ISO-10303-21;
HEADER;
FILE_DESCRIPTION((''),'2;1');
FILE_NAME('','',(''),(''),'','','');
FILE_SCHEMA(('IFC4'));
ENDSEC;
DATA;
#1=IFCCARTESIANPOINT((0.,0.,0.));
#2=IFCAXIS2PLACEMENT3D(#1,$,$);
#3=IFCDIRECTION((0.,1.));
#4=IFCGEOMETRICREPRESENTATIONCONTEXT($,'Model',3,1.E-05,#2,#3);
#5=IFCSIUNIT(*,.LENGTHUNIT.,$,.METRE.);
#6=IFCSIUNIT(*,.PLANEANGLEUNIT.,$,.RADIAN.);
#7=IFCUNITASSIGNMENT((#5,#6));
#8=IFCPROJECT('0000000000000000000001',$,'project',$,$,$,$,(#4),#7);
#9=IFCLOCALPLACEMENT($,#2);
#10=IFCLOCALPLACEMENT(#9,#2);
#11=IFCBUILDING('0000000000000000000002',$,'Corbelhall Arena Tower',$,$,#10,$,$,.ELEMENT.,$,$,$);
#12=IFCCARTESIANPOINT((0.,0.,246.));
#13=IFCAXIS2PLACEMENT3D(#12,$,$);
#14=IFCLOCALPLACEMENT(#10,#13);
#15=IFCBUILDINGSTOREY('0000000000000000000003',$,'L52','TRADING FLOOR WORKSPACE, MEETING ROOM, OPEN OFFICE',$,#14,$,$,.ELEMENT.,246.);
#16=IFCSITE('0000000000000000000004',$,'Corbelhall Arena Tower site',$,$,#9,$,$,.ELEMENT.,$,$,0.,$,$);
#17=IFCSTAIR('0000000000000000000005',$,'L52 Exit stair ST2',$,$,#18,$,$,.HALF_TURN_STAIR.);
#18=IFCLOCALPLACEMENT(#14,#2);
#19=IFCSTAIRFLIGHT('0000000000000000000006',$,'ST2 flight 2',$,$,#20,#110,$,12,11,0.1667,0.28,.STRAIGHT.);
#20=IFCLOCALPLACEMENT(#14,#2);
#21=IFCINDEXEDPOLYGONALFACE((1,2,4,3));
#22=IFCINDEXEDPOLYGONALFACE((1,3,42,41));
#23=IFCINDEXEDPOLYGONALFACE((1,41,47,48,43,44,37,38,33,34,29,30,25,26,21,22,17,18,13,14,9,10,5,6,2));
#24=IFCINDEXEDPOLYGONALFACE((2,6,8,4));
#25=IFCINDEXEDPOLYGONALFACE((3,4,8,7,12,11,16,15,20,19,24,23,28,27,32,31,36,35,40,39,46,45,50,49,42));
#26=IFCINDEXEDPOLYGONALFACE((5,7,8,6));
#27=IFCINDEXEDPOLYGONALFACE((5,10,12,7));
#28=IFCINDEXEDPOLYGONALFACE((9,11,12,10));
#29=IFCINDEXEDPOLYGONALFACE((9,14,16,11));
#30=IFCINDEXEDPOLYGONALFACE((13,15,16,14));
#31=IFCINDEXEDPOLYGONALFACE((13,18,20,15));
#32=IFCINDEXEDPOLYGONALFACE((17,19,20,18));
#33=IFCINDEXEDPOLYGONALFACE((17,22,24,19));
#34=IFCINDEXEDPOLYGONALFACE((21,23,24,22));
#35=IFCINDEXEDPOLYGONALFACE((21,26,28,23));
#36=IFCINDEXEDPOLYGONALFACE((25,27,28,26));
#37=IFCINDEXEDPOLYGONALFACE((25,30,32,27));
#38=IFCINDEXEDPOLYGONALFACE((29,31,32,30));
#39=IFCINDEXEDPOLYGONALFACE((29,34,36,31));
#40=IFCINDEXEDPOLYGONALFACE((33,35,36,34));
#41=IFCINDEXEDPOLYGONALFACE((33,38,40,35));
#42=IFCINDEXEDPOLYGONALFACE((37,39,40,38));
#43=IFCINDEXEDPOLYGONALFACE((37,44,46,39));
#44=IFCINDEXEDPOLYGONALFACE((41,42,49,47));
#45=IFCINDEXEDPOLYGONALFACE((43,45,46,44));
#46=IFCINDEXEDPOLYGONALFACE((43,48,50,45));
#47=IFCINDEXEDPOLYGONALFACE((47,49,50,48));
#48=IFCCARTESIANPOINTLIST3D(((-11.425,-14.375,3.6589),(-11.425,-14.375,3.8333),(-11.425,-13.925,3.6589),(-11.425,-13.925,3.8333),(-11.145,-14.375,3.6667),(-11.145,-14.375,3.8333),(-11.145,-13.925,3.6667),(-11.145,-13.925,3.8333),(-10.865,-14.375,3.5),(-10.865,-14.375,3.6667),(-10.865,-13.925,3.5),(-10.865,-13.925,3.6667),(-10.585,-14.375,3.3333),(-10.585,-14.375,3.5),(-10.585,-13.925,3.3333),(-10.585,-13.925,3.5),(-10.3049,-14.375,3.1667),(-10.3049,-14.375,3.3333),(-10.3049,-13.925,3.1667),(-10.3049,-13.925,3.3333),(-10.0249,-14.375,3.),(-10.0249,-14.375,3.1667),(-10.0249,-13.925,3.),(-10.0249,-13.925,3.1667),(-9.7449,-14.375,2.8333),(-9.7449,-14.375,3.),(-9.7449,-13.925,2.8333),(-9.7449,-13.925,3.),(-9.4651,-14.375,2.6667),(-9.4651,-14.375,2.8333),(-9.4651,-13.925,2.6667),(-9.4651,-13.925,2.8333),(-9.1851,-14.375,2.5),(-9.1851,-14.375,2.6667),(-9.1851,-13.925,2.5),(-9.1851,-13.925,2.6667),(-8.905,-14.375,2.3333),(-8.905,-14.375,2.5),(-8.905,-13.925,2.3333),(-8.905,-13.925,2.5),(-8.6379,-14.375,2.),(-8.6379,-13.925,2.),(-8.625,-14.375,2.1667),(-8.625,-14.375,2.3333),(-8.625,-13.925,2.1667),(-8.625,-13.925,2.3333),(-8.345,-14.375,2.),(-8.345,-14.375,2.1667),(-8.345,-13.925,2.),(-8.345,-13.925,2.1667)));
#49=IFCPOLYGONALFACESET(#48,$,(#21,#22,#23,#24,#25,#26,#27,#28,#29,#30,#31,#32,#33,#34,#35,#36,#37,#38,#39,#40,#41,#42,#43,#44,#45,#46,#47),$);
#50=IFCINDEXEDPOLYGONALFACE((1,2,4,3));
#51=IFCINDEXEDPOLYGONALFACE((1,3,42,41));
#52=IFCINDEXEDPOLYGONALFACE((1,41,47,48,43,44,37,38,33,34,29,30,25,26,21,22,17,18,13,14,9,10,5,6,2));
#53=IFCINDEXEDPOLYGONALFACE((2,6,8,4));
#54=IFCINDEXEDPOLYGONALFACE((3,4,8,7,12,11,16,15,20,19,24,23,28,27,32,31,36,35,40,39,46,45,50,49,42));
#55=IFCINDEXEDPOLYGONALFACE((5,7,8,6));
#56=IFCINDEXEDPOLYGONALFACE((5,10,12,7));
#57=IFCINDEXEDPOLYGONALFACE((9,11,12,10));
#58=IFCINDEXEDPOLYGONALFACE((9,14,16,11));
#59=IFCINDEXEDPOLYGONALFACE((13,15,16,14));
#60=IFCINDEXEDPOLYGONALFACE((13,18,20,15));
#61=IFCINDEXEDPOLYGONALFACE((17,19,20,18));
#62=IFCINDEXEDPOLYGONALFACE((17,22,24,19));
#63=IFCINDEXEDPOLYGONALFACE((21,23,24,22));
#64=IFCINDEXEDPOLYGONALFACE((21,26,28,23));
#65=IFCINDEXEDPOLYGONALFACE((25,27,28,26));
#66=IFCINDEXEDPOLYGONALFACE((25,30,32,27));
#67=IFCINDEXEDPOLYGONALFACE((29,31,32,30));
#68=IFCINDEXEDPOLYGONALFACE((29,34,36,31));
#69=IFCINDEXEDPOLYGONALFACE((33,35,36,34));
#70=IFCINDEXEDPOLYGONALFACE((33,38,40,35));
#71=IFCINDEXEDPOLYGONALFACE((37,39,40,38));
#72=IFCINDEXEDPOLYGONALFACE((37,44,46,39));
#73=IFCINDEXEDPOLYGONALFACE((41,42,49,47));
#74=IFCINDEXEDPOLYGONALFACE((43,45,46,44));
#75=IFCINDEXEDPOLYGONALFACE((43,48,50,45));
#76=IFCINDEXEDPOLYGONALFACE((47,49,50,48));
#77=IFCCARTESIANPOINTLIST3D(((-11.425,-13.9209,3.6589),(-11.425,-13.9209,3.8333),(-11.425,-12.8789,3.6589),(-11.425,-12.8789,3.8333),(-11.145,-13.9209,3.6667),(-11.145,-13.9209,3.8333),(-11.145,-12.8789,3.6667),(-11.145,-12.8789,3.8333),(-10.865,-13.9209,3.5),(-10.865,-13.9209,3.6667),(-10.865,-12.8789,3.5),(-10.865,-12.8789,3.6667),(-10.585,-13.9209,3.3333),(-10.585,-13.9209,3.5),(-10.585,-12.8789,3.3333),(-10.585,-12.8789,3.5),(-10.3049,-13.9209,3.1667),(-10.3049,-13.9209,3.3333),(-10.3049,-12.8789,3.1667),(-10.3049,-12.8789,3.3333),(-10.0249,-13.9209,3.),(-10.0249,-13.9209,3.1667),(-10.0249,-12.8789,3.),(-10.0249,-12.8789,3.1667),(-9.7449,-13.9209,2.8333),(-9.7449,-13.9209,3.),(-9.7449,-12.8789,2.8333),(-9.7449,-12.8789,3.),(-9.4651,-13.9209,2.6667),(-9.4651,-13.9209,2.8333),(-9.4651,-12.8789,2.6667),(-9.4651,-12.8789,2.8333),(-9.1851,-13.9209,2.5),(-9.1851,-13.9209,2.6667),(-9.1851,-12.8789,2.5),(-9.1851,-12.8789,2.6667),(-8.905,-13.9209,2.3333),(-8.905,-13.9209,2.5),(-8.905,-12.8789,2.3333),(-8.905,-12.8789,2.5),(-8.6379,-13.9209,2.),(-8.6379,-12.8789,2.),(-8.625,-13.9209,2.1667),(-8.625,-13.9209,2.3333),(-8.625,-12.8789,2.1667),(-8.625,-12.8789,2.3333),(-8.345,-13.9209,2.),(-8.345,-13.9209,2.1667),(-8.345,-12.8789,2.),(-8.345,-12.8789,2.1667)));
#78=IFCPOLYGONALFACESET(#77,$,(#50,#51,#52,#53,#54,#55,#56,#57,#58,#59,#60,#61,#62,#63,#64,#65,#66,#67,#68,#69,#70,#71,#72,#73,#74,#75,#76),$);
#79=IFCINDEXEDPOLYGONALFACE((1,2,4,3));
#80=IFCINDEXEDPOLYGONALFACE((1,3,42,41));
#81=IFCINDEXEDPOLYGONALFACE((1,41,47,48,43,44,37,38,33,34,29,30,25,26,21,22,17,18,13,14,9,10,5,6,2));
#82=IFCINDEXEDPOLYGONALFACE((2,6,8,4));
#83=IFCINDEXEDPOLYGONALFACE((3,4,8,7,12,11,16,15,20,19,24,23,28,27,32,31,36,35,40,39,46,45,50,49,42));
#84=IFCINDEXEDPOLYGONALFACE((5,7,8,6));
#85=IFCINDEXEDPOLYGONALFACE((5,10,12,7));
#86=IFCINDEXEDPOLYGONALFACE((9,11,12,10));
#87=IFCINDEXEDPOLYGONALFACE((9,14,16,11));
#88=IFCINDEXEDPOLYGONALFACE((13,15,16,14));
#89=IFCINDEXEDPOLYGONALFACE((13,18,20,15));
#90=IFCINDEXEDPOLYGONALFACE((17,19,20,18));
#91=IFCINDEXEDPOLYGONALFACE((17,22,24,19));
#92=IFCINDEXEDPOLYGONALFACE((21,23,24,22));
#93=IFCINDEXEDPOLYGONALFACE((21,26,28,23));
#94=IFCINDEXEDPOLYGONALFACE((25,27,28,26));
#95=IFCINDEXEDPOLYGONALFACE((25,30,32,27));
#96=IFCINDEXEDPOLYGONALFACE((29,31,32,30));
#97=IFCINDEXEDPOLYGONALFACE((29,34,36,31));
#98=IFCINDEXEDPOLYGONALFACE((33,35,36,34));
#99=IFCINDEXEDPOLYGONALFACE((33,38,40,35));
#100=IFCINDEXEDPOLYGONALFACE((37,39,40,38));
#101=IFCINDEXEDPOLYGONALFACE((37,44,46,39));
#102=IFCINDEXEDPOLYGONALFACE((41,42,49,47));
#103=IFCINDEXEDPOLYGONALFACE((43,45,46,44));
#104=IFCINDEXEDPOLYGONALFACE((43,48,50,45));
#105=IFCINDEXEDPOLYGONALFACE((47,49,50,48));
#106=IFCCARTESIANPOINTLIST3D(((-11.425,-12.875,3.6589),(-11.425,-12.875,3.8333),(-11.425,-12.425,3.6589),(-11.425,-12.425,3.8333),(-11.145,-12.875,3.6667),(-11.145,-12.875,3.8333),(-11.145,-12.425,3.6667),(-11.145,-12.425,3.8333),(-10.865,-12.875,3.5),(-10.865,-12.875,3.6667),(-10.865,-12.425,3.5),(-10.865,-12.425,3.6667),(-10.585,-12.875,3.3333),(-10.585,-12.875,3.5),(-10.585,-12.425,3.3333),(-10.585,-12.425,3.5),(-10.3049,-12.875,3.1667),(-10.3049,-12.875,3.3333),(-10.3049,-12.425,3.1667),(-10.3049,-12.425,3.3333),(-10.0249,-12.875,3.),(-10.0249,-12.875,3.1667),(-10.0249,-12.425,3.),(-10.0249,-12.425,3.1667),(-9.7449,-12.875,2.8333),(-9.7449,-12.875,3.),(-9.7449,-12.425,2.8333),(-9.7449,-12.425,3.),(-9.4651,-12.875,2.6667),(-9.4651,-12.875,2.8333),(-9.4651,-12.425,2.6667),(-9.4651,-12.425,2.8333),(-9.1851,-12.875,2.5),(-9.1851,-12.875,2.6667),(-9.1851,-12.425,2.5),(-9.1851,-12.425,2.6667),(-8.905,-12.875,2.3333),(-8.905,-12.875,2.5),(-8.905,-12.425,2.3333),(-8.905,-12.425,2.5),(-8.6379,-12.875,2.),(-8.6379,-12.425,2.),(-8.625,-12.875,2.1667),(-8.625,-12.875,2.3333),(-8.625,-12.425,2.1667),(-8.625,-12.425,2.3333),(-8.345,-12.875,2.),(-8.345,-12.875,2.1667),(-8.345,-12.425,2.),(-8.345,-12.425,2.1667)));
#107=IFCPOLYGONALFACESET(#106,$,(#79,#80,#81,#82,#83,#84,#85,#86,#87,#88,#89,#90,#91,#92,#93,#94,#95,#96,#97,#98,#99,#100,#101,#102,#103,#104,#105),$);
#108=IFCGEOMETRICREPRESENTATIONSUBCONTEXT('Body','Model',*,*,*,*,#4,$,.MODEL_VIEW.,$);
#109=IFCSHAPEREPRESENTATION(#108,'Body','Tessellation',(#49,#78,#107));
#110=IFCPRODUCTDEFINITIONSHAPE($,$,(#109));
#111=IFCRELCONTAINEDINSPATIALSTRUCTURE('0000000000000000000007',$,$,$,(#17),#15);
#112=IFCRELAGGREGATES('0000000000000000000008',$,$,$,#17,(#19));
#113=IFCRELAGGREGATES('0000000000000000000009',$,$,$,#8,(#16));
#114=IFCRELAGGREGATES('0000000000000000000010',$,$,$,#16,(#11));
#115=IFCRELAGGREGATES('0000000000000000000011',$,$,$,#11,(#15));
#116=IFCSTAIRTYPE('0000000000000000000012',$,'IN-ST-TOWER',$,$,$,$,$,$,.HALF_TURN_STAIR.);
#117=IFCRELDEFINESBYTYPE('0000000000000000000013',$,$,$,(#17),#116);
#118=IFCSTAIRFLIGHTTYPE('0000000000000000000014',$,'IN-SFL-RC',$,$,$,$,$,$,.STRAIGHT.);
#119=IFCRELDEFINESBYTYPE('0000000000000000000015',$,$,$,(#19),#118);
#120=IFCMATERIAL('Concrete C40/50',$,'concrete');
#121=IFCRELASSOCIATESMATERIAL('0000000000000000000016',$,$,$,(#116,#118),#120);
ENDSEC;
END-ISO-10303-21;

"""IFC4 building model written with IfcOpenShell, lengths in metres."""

from ifc_helpers import new_model, si_unit, direction, frame, origin, place, context, subcontext, project, spatial, polyline, outline, extrude, material, type_object, element, aggregate, save


model = new_model("IFC4")

# Units and contexts
model_context = context("Model", 3, precision=1e-05, world=origin(), true_north=direction((0.0, 1.0)))
body_context = subcontext(model_context, "Body", "Model", "MODEL_VIEW")
ifc_project = project(units=[si_unit("LENGTHUNIT", "METRE"), si_unit("PLANEANGLEUNIT", "RADIAN")], contexts=[model_context])

# Site, building, storey
site_placement = place(None, origin())
site = spatial("IfcSite", under=ifc_project, at=site_placement, Name="Corbelhall Arena Tower site", CompositionType="ELEMENT", RefElevation=0.0)
building_placement = place(site_placement, origin())
building = spatial("IfcBuilding", under=site, at=building_placement, Name="Corbelhall Arena Tower", CompositionType="ELEMENT")
storey_placement = place(building_placement, frame((0.0, 0.0, 246.0)))
storey = spatial("IfcBuildingStorey", under=building, at=storey_placement, Name="L52", Description="TRADING FLOOR WORKSPACE, MEETING ROOM, OPEN OFFICE", CompositionType="ELEMENT", Elevation=246.0)

# Shared definitions
ifc_material_1 = material(Name="Concrete C40/50", Category="concrete")

# Stair, stair flight
stair_type = type_object("IfcStairType", Name="IN-ST-TOWER", PredefinedType="HALF_TURN_STAIR", material=ifc_material_1)
stair_placement = place(storey_placement, origin())
stair = element("IfcStair", 1, at=stair_placement, inside=storey, type_object=stair_type, Name="L52 Exit stair ST2", PredefinedType="HALF_TURN_STAIR")
stair_flight_type = type_object("IfcStairFlightType", Name="IN-SFL-RC", PredefinedType="STRAIGHT", material=ifc_material_1)
stair_flight_1_placement = place(storey_placement, frame((-8.345, -13.3999, 2.0), z_axis=(0.0, 0.0, 1.0), x_axis=(-1.0, 0.0, 0.0)))
stair_flight_1 = element("IfcStairFlight", 2, at=stair_flight_1_placement, type_object=stair_flight_type, Name="ST2 flight 2", NumberOfRisers=12, NumberOfTreads=11, PredefinedType="STRAIGHT", RiserHeight=0.1667, TreadLength=0.28, context=body_context, shape_type="SweptSolid", body=[
    extrude(outline(polyline([(0.0, 0.0), (0.0, 0.1667), (0.28, 0.1667), (0.28, 0.3333), (0.5601, 0.3333), (0.5601, 0.5), (0.8401, 0.5), (0.8401, 0.6667), (1.1201, 0.6667), (1.1201, 0.8333), (1.3999, 0.8333), (1.3999, 1.0), (1.6799, 1.0), (1.6799, 1.1667), (1.96, 1.1667), (1.96, 1.3333), (2.24, 1.3333), (2.24, 1.5), (2.52, 1.5), (2.52, 1.6667), (2.8, 1.6667), (2.8, 1.8333), (3.0801, 1.8333), (3.0801, 2.0), (3.0801, 1.6589), (0.293, 0.0), (0.0, 0.0)])), frame((0.0, 0.9751, 0.0), z_axis=(0.0, -1.0, 0.0), x_axis=(1.0, 0.0, 0.0)), (0.0, 0.0, 1.0), 0.45),
    extrude(outline(polyline([(0.0, 0.0), (0.0, 0.1667), (0.28, 0.1667), (0.28, 0.3333), (0.5601, 0.3333), (0.5601, 0.5), (0.8401, 0.5), (0.8401, 0.6667), (1.1201, 0.6667), (1.1201, 0.8333), (1.3999, 0.8333), (1.3999, 1.0), (1.6799, 1.0), (1.6799, 1.1667), (1.96, 1.1667), (1.96, 1.3333), (2.24, 1.3333), (2.24, 1.5), (2.52, 1.5), (2.52, 1.6667), (2.8, 1.6667), (2.8, 1.8333), (3.0801, 1.8333), (3.0801, 2.0), (3.0801, 1.6589), (0.293, 0.0), (0.0, 0.0)])), frame((0.0, 0.521, 0.0), z_axis=(0.0, -1.0, 0.0), x_axis=(1.0, 0.0, 0.0)), (0.0, 0.0, 1.0), 1.042),
    extrude(outline(polyline([(0.0, 0.0), (0.0, 0.1667), (0.28, 0.1667), (0.28, 0.3333), (0.5601, 0.3333), (0.5601, 0.5), (0.8401, 0.5), (0.8401, 0.6667), (1.1201, 0.6667), (1.1201, 0.8333), (1.3999, 0.8333), (1.3999, 1.0), (1.6799, 1.0), (1.6799, 1.1667), (1.96, 1.1667), (1.96, 1.3333), (2.24, 1.3333), (2.24, 1.5), (2.52, 1.5), (2.52, 1.6667), (2.8, 1.6667), (2.8, 1.8333), (3.0801, 1.8333), (3.0801, 2.0), (3.0801, 1.6589), (0.293, 0.0), (0.0, 0.0)])), frame((0.0, -0.5249, 0.0), z_axis=(0.0, -1.0, 0.0), x_axis=(1.0, 0.0, 0.0)), (0.0, 0.0, 1.0), 0.45),
])
aggregate(stair, [stair_flight_1])

save(model, "model.ifc")
